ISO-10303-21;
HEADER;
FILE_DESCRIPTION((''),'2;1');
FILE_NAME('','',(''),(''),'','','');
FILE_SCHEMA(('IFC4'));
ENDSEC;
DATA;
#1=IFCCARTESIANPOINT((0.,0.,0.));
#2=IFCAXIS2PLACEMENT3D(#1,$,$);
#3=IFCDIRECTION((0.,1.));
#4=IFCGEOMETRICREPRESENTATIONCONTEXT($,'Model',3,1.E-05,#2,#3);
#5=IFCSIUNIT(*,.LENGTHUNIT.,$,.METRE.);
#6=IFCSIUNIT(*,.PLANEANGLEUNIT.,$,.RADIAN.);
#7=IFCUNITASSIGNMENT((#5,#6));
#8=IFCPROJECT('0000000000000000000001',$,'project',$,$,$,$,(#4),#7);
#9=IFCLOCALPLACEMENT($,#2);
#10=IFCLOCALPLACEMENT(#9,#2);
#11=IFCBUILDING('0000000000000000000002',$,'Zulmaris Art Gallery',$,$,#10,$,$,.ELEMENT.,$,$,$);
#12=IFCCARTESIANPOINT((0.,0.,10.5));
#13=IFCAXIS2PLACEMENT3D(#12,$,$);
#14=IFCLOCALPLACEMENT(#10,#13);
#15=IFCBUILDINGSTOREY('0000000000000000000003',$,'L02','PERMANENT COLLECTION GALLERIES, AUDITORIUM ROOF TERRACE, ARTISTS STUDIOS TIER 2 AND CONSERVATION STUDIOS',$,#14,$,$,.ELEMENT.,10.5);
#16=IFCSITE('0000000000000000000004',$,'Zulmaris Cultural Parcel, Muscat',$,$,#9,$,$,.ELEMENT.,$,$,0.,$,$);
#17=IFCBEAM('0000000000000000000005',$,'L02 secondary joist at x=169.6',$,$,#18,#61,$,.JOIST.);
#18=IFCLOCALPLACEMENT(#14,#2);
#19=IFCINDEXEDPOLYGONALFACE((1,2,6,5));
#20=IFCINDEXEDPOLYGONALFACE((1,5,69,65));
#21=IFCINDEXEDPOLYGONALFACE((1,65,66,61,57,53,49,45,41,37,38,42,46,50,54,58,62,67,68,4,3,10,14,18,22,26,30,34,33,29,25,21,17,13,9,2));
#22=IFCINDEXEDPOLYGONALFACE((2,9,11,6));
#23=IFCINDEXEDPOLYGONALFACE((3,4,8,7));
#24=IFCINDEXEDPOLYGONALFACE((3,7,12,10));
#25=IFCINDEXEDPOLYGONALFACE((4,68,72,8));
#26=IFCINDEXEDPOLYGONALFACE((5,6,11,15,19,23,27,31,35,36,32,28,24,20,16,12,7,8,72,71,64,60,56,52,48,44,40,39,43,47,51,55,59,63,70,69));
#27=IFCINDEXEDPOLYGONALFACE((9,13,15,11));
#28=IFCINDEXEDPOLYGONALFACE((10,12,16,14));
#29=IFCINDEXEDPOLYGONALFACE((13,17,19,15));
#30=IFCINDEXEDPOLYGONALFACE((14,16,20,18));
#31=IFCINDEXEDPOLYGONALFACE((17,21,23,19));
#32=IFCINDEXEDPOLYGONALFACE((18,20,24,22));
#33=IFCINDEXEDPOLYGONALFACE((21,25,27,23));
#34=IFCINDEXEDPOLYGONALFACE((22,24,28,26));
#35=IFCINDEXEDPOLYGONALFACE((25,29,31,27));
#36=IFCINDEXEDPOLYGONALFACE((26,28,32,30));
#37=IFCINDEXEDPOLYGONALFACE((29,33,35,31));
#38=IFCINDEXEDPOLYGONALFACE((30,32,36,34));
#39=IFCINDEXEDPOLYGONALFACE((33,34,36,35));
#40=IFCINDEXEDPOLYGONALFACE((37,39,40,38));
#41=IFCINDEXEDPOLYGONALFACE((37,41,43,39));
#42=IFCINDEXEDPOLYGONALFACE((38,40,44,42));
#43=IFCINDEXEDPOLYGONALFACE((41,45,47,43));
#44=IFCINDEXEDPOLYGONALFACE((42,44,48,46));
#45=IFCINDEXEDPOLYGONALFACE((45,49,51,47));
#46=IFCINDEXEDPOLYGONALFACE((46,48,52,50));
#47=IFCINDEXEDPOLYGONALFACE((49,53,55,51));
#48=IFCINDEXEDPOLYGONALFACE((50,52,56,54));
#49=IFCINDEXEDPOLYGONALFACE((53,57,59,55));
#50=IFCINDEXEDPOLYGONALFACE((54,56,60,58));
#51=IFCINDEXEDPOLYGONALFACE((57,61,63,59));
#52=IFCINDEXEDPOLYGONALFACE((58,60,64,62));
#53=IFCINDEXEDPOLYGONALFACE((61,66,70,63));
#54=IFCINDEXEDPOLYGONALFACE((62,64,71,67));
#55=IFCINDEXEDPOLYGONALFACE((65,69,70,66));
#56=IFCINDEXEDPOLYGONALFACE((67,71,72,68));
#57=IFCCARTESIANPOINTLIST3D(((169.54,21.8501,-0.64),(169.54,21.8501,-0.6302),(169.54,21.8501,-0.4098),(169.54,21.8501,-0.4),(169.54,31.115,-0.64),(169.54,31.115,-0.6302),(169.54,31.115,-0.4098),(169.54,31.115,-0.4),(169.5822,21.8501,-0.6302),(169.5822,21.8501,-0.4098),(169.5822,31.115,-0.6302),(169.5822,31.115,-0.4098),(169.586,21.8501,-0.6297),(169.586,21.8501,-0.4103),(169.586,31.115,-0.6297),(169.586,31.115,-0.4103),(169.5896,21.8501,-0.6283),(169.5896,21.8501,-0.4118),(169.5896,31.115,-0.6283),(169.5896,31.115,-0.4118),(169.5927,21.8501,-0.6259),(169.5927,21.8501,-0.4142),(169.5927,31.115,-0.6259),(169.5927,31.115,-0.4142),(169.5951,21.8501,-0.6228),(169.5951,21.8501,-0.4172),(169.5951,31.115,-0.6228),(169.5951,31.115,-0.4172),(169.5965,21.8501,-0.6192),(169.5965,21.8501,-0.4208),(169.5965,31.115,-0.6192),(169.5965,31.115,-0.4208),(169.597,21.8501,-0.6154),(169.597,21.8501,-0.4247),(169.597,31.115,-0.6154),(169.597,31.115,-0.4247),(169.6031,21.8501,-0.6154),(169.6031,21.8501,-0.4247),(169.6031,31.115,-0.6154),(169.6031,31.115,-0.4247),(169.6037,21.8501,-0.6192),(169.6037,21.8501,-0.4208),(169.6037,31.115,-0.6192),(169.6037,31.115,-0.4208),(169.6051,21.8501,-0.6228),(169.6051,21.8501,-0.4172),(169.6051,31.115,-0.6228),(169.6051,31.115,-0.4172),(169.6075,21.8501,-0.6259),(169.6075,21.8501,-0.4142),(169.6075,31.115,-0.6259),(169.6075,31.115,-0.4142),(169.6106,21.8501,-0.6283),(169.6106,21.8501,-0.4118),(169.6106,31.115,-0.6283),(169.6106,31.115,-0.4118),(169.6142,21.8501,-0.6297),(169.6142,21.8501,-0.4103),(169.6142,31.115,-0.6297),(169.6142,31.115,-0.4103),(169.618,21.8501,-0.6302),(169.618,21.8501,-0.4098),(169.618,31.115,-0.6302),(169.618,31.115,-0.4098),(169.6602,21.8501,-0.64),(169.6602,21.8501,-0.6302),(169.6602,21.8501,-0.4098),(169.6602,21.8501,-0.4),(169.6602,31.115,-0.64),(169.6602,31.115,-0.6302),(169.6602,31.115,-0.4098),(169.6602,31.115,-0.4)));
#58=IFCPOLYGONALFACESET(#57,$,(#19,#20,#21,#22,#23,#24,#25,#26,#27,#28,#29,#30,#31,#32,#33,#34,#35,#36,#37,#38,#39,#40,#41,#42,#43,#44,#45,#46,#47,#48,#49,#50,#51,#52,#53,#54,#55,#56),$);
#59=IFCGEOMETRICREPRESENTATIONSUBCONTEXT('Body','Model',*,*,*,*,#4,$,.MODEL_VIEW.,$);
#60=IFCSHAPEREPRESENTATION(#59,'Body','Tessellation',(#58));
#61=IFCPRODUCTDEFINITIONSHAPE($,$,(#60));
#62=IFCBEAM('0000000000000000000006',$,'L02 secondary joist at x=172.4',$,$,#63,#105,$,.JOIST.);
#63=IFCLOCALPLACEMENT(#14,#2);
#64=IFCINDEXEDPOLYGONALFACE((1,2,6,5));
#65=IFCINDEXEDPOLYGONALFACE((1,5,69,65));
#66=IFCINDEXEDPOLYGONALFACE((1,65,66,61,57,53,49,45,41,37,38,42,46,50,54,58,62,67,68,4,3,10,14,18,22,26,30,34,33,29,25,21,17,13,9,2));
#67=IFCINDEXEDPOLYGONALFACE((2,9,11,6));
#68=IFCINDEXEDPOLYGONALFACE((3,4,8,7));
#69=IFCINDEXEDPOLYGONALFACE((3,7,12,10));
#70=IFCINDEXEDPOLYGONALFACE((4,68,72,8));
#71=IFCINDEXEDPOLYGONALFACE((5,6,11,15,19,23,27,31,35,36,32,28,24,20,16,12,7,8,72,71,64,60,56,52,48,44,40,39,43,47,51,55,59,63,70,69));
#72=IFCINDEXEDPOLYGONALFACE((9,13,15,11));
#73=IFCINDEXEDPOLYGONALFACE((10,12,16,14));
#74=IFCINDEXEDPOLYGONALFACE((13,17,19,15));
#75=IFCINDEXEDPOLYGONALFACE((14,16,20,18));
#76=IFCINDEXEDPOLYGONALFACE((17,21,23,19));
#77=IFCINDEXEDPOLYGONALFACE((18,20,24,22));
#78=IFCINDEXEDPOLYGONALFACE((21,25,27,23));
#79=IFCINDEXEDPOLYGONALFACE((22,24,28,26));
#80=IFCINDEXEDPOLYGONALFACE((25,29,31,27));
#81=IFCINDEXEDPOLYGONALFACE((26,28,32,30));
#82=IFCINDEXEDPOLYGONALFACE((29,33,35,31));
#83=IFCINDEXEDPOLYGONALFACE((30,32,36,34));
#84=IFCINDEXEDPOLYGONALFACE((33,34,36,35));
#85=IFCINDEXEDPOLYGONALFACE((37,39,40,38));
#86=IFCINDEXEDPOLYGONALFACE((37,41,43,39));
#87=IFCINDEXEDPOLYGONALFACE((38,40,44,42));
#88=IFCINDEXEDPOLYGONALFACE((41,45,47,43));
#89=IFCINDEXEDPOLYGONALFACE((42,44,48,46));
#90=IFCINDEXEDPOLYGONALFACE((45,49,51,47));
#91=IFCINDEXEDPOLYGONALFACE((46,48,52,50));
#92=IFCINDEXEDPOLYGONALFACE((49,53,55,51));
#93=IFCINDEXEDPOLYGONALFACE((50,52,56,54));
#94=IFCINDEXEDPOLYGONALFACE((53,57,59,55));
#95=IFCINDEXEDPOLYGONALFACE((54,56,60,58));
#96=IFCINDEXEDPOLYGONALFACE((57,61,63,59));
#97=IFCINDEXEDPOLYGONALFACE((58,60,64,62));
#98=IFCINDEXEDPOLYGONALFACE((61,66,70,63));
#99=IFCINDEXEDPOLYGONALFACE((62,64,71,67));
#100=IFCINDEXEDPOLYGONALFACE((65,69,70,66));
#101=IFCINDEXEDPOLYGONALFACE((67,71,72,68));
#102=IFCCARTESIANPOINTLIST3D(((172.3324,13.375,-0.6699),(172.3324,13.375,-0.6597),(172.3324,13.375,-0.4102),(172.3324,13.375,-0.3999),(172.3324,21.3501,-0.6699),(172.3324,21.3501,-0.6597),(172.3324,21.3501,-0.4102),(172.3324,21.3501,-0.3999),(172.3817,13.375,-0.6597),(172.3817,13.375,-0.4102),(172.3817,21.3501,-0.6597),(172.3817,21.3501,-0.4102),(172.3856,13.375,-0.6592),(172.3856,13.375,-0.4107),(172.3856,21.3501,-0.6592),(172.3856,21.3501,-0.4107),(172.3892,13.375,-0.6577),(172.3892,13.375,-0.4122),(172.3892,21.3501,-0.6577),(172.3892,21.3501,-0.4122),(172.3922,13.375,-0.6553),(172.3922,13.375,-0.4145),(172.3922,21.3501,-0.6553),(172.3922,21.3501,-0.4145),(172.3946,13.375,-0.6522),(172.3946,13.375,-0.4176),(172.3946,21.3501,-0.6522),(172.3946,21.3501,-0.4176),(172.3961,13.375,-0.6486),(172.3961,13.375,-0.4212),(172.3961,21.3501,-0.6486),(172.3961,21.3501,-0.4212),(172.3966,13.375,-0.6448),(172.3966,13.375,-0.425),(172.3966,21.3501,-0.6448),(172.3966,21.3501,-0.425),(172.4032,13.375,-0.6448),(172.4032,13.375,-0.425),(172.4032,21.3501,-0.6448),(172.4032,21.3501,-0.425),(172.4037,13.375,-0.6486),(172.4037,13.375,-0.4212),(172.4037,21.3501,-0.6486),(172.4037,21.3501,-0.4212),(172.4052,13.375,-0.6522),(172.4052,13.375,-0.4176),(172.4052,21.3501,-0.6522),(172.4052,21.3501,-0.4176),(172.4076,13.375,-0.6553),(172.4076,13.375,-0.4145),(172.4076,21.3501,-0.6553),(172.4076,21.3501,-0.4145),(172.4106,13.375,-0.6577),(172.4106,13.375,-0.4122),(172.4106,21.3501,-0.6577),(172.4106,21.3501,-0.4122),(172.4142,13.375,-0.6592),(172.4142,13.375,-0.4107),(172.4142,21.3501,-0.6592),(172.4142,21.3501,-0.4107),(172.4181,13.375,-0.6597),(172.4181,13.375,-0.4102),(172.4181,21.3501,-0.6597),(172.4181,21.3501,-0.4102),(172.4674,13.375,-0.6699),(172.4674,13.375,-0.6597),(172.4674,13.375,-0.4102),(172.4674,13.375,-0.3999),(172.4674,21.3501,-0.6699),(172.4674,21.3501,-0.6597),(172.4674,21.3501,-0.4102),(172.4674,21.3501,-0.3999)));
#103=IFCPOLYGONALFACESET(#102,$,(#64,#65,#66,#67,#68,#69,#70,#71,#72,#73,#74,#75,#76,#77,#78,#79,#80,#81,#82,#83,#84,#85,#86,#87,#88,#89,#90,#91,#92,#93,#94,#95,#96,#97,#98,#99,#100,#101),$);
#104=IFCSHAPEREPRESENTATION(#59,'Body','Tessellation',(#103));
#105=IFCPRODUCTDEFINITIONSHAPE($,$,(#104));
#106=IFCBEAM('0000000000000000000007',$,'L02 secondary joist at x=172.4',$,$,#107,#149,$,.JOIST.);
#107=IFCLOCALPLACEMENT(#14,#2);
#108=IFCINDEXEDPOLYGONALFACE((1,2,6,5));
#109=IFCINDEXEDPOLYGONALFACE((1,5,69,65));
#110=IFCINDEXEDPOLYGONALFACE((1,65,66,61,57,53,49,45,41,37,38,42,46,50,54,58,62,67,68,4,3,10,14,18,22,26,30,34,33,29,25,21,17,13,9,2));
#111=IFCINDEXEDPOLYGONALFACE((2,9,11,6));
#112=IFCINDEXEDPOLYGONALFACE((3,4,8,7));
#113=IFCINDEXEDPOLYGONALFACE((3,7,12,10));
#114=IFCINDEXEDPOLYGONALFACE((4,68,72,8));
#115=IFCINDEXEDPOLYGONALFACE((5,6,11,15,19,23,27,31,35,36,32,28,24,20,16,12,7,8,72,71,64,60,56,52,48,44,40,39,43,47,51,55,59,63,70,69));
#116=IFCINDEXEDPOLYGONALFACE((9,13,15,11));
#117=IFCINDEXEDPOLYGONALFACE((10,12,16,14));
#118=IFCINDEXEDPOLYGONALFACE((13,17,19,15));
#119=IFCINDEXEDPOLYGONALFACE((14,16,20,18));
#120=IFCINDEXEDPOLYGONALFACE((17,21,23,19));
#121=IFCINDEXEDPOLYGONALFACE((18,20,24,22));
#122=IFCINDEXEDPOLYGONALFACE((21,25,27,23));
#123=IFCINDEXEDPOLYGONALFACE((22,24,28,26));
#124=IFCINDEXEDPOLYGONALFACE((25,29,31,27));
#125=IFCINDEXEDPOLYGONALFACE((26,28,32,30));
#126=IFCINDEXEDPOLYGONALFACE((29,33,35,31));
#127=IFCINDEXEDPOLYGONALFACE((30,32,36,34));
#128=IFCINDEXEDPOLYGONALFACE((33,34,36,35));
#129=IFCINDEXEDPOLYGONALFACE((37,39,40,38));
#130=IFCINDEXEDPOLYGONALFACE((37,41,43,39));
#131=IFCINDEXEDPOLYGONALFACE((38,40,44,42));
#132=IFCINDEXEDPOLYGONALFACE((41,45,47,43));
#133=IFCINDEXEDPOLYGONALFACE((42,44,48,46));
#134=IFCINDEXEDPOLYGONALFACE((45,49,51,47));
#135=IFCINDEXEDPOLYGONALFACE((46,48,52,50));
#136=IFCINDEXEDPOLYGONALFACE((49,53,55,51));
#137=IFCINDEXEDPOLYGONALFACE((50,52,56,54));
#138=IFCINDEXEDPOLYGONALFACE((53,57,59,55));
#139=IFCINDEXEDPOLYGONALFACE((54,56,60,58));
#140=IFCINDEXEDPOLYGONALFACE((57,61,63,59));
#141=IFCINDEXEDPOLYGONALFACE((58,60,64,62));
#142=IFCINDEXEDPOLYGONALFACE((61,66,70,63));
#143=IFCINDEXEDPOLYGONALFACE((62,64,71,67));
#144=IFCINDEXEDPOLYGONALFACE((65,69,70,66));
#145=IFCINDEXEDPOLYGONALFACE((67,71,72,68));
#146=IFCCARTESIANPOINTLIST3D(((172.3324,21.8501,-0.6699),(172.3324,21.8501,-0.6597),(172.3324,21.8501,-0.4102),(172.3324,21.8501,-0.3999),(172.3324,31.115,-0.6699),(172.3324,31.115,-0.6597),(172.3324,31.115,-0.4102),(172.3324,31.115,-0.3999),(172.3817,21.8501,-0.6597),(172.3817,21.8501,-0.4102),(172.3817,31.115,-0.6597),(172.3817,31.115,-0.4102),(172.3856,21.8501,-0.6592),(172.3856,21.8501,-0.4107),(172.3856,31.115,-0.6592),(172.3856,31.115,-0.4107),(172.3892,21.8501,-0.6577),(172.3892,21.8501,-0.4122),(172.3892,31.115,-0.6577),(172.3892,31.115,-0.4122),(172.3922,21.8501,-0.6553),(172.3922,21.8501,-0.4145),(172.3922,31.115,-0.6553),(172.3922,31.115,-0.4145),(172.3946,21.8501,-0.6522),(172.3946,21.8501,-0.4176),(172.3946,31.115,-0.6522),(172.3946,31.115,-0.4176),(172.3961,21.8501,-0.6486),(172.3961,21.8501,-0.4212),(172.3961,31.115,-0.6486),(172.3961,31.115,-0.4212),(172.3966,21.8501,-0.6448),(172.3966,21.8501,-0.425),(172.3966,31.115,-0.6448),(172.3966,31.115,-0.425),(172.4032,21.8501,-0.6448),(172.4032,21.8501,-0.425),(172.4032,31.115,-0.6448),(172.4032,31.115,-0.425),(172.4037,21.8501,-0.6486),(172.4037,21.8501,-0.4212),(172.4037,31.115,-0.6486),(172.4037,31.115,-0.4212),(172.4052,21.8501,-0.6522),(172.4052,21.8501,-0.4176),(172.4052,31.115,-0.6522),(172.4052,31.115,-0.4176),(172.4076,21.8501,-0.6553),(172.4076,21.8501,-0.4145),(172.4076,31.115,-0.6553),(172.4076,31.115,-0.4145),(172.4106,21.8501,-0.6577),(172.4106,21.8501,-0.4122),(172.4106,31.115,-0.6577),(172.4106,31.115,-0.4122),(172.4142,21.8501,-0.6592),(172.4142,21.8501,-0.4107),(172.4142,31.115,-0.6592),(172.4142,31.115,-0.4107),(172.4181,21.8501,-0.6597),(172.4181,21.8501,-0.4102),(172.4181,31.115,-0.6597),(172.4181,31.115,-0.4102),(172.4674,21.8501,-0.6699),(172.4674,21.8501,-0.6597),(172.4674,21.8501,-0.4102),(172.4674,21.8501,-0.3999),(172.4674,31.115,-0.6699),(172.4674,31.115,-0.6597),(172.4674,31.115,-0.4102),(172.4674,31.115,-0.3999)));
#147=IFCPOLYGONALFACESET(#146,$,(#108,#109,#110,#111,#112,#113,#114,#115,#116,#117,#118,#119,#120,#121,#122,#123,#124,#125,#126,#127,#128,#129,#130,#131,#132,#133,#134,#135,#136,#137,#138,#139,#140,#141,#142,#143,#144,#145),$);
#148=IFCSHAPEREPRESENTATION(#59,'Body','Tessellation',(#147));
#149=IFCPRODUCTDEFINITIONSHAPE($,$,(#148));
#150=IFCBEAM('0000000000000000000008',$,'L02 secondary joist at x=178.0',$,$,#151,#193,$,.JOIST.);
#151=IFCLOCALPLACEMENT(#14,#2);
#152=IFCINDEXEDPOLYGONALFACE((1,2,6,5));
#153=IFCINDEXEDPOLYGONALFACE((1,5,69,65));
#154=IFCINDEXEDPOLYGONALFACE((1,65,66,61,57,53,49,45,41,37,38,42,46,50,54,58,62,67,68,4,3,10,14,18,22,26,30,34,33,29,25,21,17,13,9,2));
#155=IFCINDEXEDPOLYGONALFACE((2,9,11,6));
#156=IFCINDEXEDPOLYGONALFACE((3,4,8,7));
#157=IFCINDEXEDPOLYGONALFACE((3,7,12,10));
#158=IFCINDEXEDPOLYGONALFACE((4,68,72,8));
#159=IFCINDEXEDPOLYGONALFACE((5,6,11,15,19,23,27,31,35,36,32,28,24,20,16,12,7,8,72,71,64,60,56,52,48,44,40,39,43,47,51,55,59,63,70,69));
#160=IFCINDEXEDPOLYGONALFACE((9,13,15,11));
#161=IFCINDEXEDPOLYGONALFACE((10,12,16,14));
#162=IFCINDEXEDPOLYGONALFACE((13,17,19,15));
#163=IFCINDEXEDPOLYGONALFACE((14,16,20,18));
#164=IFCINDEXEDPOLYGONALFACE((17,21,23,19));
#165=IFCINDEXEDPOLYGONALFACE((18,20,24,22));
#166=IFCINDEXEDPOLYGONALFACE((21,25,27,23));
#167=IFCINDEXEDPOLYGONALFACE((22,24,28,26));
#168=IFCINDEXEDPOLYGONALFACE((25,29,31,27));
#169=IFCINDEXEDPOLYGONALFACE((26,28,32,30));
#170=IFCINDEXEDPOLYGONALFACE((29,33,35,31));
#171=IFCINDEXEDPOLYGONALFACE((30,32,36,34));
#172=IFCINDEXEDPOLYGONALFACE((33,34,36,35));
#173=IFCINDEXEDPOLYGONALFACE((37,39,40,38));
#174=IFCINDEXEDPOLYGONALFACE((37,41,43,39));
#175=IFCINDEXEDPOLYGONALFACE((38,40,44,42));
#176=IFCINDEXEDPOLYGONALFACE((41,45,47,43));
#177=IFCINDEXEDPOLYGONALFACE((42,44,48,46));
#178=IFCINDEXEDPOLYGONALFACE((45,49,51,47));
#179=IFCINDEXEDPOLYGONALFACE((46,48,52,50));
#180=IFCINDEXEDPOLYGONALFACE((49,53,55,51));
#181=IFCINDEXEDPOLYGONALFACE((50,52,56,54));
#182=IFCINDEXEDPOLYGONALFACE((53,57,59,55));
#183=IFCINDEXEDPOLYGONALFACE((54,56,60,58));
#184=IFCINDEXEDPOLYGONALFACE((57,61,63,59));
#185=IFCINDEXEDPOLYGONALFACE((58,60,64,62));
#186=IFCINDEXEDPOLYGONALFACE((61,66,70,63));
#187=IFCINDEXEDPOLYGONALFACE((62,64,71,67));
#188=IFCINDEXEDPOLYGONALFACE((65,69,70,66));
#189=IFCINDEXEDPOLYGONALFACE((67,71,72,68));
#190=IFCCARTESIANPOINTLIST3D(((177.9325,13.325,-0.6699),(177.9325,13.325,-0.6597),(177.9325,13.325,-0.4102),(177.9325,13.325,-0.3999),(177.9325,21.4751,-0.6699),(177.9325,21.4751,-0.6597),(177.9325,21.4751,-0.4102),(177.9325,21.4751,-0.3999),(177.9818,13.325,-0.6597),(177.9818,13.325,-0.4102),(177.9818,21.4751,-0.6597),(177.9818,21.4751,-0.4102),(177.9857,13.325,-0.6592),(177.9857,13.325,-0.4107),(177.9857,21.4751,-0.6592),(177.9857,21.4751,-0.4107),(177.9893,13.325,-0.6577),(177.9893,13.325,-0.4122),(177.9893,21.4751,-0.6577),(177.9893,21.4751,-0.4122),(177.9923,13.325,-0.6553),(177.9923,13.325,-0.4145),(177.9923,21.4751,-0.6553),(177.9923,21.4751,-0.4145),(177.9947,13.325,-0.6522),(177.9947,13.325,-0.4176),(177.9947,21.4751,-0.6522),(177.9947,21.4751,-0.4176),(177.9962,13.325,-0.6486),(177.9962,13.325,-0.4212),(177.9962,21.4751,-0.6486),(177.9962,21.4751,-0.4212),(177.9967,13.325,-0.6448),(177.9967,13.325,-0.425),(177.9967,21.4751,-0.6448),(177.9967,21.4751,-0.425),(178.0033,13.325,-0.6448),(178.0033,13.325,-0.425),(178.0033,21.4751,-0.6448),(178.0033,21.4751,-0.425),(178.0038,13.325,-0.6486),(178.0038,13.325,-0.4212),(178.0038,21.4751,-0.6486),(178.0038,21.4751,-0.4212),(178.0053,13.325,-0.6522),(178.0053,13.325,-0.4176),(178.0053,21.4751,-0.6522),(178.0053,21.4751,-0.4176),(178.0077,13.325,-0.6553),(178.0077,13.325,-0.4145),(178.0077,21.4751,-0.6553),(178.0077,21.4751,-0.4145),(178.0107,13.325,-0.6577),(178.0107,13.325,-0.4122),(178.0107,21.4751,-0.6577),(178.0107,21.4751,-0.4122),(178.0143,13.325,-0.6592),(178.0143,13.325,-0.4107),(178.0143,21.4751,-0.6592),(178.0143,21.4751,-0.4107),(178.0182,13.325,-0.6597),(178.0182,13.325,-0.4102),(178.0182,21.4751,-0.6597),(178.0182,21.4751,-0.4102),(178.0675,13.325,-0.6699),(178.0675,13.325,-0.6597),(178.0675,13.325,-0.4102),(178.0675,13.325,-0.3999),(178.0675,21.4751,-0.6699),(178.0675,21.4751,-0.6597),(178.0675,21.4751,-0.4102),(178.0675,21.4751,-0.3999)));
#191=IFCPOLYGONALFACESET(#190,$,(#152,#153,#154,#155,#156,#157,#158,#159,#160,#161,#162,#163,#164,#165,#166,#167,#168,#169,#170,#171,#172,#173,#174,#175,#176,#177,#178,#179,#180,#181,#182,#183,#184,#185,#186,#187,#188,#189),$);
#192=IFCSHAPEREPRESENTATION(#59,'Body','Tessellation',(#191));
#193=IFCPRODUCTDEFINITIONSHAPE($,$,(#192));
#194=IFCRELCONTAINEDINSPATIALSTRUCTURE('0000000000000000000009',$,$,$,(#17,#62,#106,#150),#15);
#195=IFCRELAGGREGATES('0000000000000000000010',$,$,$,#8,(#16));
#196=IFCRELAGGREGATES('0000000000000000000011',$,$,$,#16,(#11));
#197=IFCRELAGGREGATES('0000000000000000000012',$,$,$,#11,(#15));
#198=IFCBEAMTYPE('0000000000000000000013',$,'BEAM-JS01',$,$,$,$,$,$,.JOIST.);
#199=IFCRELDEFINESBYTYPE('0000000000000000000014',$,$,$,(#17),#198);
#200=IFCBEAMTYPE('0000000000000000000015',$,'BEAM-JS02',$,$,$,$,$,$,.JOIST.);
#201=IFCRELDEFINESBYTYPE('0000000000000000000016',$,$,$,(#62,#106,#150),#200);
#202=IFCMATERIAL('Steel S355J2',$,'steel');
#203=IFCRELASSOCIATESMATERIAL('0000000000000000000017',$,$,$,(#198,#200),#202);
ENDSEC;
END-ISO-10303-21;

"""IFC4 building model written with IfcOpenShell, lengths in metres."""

from ifc_helpers import new_model, si_unit, direction, frame, origin, origin_2d, place, context, subcontext, project, spatial, i_section, extrude, material, material_profile, profile_set, type_object, element, save


model = new_model("IFC4")

# Units and contexts
model_context = context("Model", 3, precision=1e-05, world=origin(), true_north=direction((0.0, 1.0)))
body_context = subcontext(model_context, "Body", "Model", "MODEL_VIEW")
ifc_project = project(units=[si_unit("LENGTHUNIT", "METRE"), si_unit("PLANEANGLEUNIT", "RADIAN")], contexts=[model_context])

# Site, building, storey
site_placement = place(None, origin())
site = spatial("IfcSite", under=ifc_project, at=site_placement, Name="Zulmaris Cultural Parcel, Muscat", CompositionType="ELEMENT", RefElevation=0.0)
building_placement = place(site_placement, origin())
building = spatial("IfcBuilding", under=site, at=building_placement, Name="Zulmaris Art Gallery", CompositionType="ELEMENT")
storey_placement = place(building_placement, frame((0.0, 0.0, 10.5)))
storey = spatial("IfcBuildingStorey", under=building, at=storey_placement, Name="L02", Description="PERMANENT COLLECTION GALLERIES, AUDITORIUM ROOF TERRACE, ARTISTS STUDIOS TIER 2 AND CONSERVATION STUDIOS", CompositionType="ELEMENT", Elevation=10.5)

# Beams
ifc_material_1 = material(Name="Steel S355J2", Category="steel")
ifc_material_profile_1 = material_profile(ifc_material_1, i_section(OverallWidth=0.1201, OverallDepth=0.24, WebThickness=0.0061, FlangeThickness=0.0098, FilletRadius=0.0149, at=origin_2d()), Name="IPE 240")
ifc_profile_set_1 = profile_set([ifc_material_profile_1], Name="Steel S355J2")
beam_type_1 = type_object("IfcBeamType", Name="BEAM-JS01", PredefinedType="JOIST", material=ifc_profile_set_1)
beam_1_placement = place(storey_placement, frame((169.6001, 21.8501, -0.52), z_axis=(0.0, 1.0, 0.0), x_axis=(-1.0, 0.0, 0.0)))
element("IfcBeam", 1, at=beam_1_placement, inside=storey, type_object=beam_type_1, Name="L02 secondary joist at x=169.6", PredefinedType="JOIST", context=body_context, shape_type="SweptSolid", body=[
    extrude(i_section(OverallWidth=0.1201, OverallDepth=0.24, WebThickness=0.0061, FlangeThickness=0.0098, FilletRadius=0.0149, at=origin_2d()), origin(), (0.0, 0.0, 1.0), 9.2649),
])
ifc_material_profile_2 = material_profile(ifc_material_1, i_section(OverallWidth=0.135, OverallDepth=0.27, WebThickness=0.0066, FlangeThickness=0.0103, FilletRadius=0.0149, at=origin_2d()), Name="IPE 270")
ifc_profile_set_2 = profile_set([ifc_material_profile_2], Name="Steel S355J2")
beam_type_2 = type_object("IfcBeamType", Name="BEAM-JS02", PredefinedType="JOIST", material=ifc_profile_set_2)
beam_2_placement = place(storey_placement, frame((172.3999, 13.375, -0.5349), z_axis=(0.0, 1.0, 0.0), x_axis=(-1.0, 0.0, 0.0)))
element("IfcBeam", 2, at=beam_2_placement, inside=storey, type_object=beam_type_2, Name="L02 secondary joist at x=172.4", PredefinedType="JOIST", context=body_context, shape_type="SweptSolid", body=[
    extrude(i_section(OverallWidth=0.135, OverallDepth=0.27, WebThickness=0.0066, FlangeThickness=0.0103, FilletRadius=0.0149, at=origin_2d()), origin(), (0.0, 0.0, 1.0), 7.9751),
])
beam_3_placement = place(storey_placement, frame((172.3999, 21.8501, -0.5349), z_axis=(0.0, 1.0, 0.0), x_axis=(-1.0, 0.0, 0.0)))
element("IfcBeam", 3, at=beam_3_placement, inside=storey, type_object=beam_type_2, Name="L02 secondary joist at x=172.4", PredefinedType="JOIST", context=body_context, shape_type="SweptSolid", body=[
    extrude(i_section(OverallWidth=0.135, OverallDepth=0.27, WebThickness=0.0066, FlangeThickness=0.0103, FilletRadius=0.0149, at=origin_2d()), origin(), (0.0, 0.0, 1.0), 9.2649),
])
beam_4_placement = place(storey_placement, frame((178.0, 13.325, -0.5349), z_axis=(0.0, 1.0, 0.0), x_axis=(-1.0, 0.0, 0.0)))
element("IfcBeam", 4, at=beam_4_placement, inside=storey, type_object=beam_type_2, Name="L02 secondary joist at x=178.0", PredefinedType="JOIST", context=body_context, shape_type="SweptSolid", body=[
    extrude(i_section(OverallWidth=0.135, OverallDepth=0.27, WebThickness=0.0066, FlangeThickness=0.0103, FilletRadius=0.0149, at=origin_2d()), origin(), (0.0, 0.0, 1.0), 8.1501),
])

save(model, "model.ifc")
